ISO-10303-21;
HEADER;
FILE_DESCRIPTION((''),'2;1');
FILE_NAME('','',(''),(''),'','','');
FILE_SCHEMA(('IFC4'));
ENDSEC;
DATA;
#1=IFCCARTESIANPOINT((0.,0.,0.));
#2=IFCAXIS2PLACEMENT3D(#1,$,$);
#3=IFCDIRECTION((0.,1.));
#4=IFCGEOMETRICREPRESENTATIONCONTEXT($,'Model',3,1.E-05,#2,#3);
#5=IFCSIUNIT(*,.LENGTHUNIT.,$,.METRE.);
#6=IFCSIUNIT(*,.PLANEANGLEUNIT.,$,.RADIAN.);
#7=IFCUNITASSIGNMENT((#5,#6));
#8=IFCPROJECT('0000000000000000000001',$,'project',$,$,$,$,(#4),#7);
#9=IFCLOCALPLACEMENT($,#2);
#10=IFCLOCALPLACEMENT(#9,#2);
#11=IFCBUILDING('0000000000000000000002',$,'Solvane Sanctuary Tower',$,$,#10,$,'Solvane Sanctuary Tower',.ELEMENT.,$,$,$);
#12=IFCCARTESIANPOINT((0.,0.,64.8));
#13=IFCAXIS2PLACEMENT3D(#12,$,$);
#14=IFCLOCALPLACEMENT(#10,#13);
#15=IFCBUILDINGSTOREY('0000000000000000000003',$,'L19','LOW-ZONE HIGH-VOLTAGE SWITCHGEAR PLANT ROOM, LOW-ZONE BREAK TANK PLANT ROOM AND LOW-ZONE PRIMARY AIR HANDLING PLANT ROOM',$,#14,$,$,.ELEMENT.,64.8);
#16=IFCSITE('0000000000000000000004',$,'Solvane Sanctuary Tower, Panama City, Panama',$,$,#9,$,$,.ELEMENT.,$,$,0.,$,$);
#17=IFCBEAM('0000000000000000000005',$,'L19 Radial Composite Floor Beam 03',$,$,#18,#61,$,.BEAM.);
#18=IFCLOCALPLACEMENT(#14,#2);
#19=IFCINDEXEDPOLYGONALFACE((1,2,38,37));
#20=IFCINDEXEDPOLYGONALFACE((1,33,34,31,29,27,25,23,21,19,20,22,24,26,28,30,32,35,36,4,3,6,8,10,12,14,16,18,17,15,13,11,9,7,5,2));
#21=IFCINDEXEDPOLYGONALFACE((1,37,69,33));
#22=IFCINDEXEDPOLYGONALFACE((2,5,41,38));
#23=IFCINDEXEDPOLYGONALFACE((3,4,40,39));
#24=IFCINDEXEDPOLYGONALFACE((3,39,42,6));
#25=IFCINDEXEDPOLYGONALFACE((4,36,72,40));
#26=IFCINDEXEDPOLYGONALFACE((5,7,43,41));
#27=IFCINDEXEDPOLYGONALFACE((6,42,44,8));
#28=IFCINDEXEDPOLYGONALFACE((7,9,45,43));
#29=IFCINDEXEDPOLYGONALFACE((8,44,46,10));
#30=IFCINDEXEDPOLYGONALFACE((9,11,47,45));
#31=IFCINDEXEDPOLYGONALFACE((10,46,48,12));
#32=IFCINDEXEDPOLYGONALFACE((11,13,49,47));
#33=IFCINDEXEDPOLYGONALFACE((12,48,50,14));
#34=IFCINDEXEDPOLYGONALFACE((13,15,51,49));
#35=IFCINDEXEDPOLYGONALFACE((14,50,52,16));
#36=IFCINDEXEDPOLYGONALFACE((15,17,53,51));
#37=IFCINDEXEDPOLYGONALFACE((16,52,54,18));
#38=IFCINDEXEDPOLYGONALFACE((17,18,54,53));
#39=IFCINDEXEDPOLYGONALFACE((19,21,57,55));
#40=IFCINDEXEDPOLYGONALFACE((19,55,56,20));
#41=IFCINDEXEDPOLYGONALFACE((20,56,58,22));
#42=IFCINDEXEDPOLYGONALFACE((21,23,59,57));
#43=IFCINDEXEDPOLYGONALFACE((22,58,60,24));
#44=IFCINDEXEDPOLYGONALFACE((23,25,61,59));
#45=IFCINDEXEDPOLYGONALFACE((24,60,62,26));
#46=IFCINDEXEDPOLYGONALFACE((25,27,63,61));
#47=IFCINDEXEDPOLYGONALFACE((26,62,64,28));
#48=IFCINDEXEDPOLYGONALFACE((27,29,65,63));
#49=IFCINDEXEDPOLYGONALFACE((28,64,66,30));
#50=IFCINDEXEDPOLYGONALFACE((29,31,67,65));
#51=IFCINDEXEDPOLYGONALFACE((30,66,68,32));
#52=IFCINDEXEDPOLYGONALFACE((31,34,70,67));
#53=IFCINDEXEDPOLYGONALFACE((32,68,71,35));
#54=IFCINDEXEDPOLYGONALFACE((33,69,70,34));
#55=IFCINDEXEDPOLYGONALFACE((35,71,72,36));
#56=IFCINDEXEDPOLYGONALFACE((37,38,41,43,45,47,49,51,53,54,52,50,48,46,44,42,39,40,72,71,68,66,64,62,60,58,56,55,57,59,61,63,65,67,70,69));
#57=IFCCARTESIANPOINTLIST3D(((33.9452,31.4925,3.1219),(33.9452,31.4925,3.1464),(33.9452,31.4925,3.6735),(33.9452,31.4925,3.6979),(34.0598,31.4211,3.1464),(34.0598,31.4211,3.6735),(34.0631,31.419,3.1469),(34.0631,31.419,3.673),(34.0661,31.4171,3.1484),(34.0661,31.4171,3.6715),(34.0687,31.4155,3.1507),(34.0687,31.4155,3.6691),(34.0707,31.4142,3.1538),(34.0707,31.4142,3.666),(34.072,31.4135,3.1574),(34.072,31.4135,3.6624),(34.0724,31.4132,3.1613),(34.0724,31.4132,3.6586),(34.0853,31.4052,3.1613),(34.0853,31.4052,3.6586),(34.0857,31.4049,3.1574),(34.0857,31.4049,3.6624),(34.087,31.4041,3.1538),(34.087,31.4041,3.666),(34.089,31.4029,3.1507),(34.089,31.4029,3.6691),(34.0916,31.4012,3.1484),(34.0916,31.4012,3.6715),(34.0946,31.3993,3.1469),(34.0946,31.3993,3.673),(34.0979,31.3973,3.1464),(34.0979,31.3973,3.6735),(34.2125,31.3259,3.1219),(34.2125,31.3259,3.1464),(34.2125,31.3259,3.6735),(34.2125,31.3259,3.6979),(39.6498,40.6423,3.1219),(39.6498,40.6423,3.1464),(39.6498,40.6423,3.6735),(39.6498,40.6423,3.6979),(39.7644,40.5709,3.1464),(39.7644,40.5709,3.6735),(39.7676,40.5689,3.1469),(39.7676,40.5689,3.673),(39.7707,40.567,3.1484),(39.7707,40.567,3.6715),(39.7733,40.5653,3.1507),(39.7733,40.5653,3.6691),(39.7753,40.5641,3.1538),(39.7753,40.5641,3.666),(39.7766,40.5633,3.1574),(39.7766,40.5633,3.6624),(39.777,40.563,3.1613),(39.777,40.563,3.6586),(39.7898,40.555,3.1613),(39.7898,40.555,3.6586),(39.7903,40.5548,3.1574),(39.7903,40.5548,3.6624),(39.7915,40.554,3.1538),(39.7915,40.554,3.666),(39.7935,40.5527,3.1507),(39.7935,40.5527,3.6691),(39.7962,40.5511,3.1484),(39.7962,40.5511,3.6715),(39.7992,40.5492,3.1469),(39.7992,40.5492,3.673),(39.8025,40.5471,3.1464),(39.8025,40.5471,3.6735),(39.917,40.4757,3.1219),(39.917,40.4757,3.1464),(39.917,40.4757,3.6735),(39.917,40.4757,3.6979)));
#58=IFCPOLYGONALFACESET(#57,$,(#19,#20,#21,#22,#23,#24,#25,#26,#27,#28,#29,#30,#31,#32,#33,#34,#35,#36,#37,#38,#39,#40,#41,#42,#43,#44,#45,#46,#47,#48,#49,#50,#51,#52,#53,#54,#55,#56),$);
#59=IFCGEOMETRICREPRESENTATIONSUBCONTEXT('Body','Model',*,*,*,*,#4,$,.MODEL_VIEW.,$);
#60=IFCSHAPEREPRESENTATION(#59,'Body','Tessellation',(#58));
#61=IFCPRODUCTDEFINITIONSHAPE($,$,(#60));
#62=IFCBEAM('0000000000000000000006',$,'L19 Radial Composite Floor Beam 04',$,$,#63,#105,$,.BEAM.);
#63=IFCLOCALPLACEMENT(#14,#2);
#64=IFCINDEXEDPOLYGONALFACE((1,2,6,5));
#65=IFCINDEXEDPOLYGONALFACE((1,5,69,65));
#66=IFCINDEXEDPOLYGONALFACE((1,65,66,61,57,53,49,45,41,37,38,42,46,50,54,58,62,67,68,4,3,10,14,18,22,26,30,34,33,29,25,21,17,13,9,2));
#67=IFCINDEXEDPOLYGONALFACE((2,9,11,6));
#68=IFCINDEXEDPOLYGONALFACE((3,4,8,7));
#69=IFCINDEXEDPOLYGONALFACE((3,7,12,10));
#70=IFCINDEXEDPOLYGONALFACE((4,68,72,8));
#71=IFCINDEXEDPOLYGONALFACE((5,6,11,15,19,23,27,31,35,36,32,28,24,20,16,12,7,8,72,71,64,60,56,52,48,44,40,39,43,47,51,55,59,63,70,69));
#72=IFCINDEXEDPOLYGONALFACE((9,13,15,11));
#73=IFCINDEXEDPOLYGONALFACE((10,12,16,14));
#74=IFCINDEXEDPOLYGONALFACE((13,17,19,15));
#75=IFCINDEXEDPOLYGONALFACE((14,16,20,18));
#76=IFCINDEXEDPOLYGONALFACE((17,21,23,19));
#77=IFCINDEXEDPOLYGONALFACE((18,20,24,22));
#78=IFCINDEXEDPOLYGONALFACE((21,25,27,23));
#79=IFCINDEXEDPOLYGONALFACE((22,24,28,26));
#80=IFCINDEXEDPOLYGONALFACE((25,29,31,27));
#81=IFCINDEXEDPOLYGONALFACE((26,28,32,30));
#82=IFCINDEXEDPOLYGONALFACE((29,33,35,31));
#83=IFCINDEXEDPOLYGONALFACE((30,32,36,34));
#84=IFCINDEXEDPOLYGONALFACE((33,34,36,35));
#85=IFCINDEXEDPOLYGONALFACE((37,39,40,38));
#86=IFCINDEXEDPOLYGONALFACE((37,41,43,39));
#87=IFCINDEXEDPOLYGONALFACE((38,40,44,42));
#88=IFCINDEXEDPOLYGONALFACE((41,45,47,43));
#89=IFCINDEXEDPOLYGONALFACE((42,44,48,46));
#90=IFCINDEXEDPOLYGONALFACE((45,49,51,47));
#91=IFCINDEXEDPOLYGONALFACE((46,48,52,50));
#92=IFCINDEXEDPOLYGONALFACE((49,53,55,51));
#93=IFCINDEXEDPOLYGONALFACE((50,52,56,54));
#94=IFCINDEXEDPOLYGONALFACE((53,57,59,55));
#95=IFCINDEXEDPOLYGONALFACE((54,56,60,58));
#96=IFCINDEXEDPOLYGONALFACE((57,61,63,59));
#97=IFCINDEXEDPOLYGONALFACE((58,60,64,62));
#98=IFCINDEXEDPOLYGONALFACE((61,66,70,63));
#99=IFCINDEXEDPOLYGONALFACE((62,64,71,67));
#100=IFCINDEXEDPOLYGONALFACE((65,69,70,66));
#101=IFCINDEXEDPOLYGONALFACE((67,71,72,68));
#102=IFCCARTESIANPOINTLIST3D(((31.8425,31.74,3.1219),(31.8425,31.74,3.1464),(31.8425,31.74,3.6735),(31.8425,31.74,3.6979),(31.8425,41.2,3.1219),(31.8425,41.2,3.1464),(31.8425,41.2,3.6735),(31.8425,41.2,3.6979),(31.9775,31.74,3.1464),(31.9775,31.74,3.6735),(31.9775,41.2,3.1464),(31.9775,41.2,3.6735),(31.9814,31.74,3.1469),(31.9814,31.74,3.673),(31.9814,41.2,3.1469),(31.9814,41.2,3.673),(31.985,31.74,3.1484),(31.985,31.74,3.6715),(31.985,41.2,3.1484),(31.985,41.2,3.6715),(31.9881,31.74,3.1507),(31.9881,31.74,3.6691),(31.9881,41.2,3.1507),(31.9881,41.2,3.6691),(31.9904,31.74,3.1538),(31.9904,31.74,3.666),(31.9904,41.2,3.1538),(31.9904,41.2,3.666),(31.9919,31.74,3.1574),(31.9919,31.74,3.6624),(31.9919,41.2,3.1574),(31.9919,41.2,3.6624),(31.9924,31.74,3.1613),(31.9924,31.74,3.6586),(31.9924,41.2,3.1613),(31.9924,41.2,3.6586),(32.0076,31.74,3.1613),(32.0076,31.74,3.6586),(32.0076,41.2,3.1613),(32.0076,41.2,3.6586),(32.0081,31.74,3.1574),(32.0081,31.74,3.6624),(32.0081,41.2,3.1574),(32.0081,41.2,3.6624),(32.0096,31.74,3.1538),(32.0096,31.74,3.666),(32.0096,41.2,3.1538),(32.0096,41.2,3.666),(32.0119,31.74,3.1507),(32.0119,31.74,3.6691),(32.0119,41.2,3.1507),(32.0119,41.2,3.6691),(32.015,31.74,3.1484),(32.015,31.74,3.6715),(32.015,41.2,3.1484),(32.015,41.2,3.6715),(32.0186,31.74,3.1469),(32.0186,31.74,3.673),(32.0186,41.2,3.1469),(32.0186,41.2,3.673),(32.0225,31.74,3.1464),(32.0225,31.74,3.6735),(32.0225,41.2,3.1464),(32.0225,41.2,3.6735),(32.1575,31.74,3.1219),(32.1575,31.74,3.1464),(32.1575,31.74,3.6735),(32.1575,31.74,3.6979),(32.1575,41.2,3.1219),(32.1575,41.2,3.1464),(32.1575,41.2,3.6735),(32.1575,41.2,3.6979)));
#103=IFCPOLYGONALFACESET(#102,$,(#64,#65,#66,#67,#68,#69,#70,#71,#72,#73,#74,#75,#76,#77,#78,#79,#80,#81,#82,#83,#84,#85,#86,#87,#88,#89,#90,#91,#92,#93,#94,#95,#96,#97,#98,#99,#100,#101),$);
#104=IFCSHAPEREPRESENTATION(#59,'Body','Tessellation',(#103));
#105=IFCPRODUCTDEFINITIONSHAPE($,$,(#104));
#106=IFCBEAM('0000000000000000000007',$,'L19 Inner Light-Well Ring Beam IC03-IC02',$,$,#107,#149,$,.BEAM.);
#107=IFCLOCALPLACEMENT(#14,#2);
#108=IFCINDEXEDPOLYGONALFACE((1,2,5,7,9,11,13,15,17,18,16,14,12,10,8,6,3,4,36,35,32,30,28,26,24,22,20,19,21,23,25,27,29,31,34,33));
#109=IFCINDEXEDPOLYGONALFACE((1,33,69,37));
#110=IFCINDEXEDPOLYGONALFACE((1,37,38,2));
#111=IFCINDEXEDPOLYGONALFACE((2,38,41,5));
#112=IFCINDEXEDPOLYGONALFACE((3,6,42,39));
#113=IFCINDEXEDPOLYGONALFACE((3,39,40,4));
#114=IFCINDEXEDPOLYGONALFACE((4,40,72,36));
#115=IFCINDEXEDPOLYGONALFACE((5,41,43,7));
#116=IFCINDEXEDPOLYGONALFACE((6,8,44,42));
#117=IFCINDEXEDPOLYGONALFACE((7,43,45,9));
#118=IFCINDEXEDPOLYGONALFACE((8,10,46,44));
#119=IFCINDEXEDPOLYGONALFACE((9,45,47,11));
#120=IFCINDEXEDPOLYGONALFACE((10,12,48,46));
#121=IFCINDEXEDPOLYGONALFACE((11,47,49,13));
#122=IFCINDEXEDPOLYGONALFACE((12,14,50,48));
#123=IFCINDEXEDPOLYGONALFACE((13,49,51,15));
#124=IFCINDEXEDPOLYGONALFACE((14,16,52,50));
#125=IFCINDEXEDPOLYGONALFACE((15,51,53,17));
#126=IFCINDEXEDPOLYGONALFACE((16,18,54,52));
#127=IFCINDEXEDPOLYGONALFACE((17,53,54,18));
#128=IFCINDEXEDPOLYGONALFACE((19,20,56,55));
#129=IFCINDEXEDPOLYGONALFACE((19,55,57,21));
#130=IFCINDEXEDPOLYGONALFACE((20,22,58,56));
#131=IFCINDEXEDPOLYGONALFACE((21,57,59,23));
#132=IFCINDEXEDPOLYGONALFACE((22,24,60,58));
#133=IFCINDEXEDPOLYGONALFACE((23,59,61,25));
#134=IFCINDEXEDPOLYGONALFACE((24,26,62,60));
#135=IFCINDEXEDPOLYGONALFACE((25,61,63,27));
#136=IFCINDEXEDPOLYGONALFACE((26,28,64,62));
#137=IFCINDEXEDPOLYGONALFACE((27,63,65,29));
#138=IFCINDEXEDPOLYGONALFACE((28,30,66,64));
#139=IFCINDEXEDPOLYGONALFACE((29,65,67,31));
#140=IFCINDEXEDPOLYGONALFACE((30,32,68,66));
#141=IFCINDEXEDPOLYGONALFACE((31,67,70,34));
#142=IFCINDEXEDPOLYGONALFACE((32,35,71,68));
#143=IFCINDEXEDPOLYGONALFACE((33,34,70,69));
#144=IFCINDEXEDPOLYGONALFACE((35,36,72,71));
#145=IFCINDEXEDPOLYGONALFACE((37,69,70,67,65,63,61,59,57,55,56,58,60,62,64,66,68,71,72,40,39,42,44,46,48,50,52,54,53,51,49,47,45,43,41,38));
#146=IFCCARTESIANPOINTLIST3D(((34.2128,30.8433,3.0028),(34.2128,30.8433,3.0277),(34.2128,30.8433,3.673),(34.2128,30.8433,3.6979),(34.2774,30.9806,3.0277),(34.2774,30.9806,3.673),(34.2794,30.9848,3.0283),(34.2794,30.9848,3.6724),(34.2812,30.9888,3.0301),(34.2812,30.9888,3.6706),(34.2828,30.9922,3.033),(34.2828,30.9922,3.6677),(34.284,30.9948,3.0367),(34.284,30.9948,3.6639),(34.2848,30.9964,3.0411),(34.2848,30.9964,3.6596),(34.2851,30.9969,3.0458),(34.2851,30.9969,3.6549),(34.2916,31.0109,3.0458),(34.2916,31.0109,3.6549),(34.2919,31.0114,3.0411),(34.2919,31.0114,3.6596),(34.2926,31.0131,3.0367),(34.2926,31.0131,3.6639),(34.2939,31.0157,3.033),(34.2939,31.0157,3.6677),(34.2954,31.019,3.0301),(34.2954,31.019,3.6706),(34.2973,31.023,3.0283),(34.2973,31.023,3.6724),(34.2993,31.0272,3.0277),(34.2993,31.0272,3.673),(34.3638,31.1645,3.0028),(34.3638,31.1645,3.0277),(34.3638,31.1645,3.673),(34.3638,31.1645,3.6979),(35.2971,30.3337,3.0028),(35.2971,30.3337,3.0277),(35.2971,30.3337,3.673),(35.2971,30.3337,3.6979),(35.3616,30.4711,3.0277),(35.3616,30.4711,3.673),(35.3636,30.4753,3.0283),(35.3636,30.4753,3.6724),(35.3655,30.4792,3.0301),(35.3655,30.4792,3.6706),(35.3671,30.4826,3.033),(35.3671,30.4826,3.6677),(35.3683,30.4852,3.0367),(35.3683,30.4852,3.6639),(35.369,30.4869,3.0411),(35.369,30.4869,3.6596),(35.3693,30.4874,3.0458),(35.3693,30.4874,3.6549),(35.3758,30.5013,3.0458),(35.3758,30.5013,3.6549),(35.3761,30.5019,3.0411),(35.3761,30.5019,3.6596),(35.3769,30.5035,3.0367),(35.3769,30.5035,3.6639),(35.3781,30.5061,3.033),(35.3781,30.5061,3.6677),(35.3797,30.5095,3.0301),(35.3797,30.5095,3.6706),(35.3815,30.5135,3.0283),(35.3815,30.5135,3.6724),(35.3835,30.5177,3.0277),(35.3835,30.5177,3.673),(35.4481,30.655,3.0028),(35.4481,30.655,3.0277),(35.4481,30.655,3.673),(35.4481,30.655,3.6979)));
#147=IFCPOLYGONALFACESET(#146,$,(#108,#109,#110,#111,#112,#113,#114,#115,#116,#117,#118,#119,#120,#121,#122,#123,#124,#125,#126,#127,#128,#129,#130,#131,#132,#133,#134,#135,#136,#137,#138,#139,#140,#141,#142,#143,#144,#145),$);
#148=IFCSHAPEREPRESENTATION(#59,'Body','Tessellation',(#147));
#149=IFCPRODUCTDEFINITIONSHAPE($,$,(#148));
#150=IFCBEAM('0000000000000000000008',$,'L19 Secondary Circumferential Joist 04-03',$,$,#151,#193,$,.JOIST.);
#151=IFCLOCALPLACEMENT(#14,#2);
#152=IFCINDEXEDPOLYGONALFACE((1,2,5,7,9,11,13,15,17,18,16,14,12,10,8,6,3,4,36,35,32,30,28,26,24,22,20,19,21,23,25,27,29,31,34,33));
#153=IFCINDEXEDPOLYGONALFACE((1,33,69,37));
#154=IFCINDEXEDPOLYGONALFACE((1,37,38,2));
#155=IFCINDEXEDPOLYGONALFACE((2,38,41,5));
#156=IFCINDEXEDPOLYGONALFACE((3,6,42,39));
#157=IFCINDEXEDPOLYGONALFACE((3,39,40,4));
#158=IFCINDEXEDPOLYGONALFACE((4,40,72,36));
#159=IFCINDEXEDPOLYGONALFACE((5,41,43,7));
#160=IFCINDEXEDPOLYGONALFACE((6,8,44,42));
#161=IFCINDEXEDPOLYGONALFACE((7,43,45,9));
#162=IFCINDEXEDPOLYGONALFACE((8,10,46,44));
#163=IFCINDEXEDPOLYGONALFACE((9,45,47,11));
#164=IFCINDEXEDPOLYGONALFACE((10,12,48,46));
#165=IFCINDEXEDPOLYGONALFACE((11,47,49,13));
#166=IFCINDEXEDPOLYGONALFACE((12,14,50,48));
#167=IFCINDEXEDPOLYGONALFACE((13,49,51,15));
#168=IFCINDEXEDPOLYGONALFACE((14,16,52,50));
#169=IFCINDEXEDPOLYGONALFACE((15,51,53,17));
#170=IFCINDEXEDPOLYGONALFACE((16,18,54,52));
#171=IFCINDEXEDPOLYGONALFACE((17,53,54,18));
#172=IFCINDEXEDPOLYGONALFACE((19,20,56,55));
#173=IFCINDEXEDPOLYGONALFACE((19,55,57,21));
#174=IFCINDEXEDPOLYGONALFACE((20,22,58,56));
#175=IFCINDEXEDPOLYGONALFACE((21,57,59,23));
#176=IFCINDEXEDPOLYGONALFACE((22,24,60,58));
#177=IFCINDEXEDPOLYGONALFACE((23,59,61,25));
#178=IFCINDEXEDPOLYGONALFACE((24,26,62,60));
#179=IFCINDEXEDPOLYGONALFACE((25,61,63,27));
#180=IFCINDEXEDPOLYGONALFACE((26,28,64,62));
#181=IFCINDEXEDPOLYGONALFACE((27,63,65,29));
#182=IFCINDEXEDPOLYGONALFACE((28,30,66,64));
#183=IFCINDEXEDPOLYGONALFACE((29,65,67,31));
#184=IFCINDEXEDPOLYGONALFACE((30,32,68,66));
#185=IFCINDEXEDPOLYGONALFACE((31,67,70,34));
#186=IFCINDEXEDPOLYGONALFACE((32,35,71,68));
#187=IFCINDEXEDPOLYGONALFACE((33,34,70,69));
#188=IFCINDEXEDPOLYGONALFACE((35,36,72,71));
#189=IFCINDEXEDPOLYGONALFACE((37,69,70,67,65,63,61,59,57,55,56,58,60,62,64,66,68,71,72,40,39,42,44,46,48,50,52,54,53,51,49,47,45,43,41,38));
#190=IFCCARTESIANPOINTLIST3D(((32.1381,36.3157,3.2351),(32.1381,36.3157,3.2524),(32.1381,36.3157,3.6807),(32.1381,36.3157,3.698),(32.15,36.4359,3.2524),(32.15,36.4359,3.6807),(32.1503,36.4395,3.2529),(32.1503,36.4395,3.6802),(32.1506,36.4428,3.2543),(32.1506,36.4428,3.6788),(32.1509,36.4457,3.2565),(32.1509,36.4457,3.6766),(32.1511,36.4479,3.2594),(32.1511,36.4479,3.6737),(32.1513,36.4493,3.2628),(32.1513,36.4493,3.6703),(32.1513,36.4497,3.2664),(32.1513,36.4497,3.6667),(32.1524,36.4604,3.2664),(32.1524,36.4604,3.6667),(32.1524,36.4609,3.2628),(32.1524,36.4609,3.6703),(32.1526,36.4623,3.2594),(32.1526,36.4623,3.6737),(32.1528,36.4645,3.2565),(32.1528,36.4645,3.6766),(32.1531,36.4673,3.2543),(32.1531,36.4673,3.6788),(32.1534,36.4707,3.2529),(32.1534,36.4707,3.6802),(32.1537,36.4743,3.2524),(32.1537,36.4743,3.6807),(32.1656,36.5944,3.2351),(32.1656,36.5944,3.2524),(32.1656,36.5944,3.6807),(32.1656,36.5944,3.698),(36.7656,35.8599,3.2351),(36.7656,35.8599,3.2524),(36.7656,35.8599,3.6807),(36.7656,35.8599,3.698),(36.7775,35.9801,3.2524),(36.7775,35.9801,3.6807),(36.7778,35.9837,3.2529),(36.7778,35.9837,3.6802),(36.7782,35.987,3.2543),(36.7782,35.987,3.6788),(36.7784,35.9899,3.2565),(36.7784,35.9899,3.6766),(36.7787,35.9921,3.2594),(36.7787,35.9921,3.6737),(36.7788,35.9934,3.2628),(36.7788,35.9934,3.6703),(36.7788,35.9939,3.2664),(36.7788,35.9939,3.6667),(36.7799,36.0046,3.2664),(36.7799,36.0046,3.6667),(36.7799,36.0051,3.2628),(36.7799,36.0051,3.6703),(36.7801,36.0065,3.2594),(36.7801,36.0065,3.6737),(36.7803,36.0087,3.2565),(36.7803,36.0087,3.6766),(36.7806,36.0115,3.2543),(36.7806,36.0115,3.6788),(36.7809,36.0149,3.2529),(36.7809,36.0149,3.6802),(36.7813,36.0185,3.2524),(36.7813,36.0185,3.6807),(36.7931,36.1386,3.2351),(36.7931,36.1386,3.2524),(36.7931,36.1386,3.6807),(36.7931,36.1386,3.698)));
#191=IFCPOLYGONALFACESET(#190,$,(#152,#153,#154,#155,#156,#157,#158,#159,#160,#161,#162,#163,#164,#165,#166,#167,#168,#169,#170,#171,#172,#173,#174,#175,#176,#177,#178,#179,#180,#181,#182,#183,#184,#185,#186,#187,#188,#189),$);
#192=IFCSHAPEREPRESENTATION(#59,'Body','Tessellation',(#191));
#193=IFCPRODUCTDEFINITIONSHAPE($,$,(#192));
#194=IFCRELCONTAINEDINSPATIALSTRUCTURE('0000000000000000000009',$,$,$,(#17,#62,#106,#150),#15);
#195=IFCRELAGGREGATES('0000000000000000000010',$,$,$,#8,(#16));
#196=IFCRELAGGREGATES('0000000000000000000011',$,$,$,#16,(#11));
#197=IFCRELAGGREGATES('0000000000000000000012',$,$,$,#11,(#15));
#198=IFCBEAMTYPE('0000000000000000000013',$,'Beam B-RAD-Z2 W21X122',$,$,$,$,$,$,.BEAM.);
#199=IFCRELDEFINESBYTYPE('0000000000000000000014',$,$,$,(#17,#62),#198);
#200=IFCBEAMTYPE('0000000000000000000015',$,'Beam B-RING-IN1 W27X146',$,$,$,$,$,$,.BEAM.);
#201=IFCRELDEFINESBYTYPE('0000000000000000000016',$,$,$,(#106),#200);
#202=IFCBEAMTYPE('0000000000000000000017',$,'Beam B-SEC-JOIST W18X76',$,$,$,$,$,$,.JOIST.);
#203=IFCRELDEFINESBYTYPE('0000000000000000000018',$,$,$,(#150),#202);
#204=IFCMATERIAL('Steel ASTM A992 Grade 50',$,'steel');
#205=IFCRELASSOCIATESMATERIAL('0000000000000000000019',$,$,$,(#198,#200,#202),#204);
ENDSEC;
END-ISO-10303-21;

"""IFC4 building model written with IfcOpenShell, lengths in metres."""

from ifc_helpers import new_model, si_unit, direction, frame, origin, origin_2d, place, context, subcontext, project, spatial, i_section, extrude, material, material_profile, profile_set, type_object, element, save


model = new_model("IFC4")

# Units and contexts
model_context = context("Model", 3, precision=1e-05, world=origin(), true_north=direction((0.0, 1.0)))
body_context = subcontext(model_context, "Body", "Model", "MODEL_VIEW")
ifc_project = project(units=[si_unit("LENGTHUNIT", "METRE"), si_unit("PLANEANGLEUNIT", "RADIAN")], contexts=[model_context])

# Site, building, storey
site_placement = place(None, origin())
site = spatial("IfcSite", under=ifc_project, at=site_placement, Name="Solvane Sanctuary Tower, Panama City, Panama", CompositionType="ELEMENT", RefElevation=0.0)
building_placement = place(site_placement, origin())
building = spatial("IfcBuilding", under=site, at=building_placement, Name="Solvane Sanctuary Tower", LongName="Solvane Sanctuary Tower", CompositionType="ELEMENT")
storey_placement = place(building_placement, frame((0.0, 0.0, 64.8)))
storey = spatial("IfcBuildingStorey", under=building, at=storey_placement, Name="L19", Description="LOW-ZONE HIGH-VOLTAGE SWITCHGEAR PLANT ROOM, LOW-ZONE BREAK TANK PLANT ROOM AND LOW-ZONE PRIMARY AIR HANDLING PLANT ROOM", CompositionType="ELEMENT", Elevation=64.8)

# Beams
ifc_material_1 = material(Name="Steel ASTM A992 Grade 50", Category="steel")
ifc_material_profile_1 = material_profile(ifc_material_1, i_section(OverallWidth=0.3149, OverallDepth=0.5759, WebThickness=0.0151, FlangeThickness=0.0244, FilletRadius=0.0149, at=origin_2d()), Name="W21X122")
ifc_profile_set_1 = profile_set([ifc_material_profile_1], Name="Steel ASTM A992 Grade 50")
beam_type_1 = type_object("IfcBeamType", Name="Beam B-RAD-Z2 W21X122", PredefinedType="BEAM", material=ifc_profile_set_1)
beam_1_placement = place(storey_placement, frame((34.0789, 31.4092, 3.4099), z_axis=(0.529058, 0.848585, 0.0), x_axis=(-0.848585, 0.529058, 0.0)))
element("IfcBeam", 1, at=beam_1_placement, inside=storey, type_object=beam_type_1, Name="L19 Radial Composite Floor Beam 03", PredefinedType="BEAM", context=body_context, shape_type="SweptSolid", body=[
    extrude(i_section(OverallWidth=0.3149, OverallDepth=0.5759, WebThickness=0.0151, FlangeThickness=0.0244, FilletRadius=0.0149, at=origin_2d()), origin(), (0.0, 0.0, 1.0), 10.7825),
])
beam_2_placement = place(storey_placement, frame((32.0, 31.74, 3.4099), z_axis=(0.0, 1.0, 0.0), x_axis=(-1.0, 0.0, 0.0)))
element("IfcBeam", 2, at=beam_2_placement, inside=storey, type_object=beam_type_1, Name="L19 Radial Composite Floor Beam 04", PredefinedType="BEAM", context=body_context, shape_type="SweptSolid", body=[
    extrude(i_section(OverallWidth=0.3149, OverallDepth=0.5759, WebThickness=0.0151, FlangeThickness=0.0244, FilletRadius=0.0149, at=origin_2d()), origin(), (0.0, 0.0, 1.0), 9.46),
])
ifc_material_profile_2 = material_profile(ifc_material_1, i_section(OverallWidth=0.355, OverallDepth=0.6951, WebThickness=0.0154, FlangeThickness=0.0249, FilletRadius=0.0181, at=origin_2d()), Name="W27X146")
ifc_profile_set_2 = profile_set([ifc_material_profile_2], Name="Steel ASTM A992 Grade 50")
beam_type_2 = type_object("IfcBeamType", Name="Beam B-RING-IN1 W27X146", PredefinedType="BEAM", material=ifc_profile_set_2)
beam_3_placement = place(storey_placement, frame((34.2883, 31.0039, 3.3503), z_axis=(0.905045, -0.425316, 0.0), x_axis=(0.425316, 0.905045, 0.0)))
element("IfcBeam", 3, at=beam_3_placement, inside=storey, type_object=beam_type_2, Name="L19 Inner Light-Well Ring Beam IC03-IC02", PredefinedType="BEAM", context=body_context, shape_type="SweptSolid", body=[
    extrude(i_section(OverallWidth=0.355, OverallDepth=0.6951, WebThickness=0.0154, FlangeThickness=0.0249, FilletRadius=0.0181, at=origin_2d()), origin(), (0.0, 0.0, 1.0), 1.198),
])
ifc_material_profile_3 = material_profile(ifc_material_1, i_section(OverallWidth=0.28, OverallDepth=0.4629, WebThickness=0.0107, FlangeThickness=0.0173, FilletRadius=0.0139, at=origin_2d()), Name="W18X76")
ifc_profile_set_3 = profile_set([ifc_material_profile_3], Name="Steel ASTM A992 Grade 50")
beam_type_3 = type_object("IfcBeamType", Name="Beam B-SEC-JOIST W18X76", PredefinedType="JOIST", material=ifc_profile_set_3)
beam_4_placement = place(storey_placement, frame((32.1519, 36.4551, 3.4666), z_axis=(0.995184, -0.098027, 0.0), x_axis=(0.098027, 0.995184, 0.0)))
element("IfcBeam", 4, at=beam_4_placement, inside=storey, type_object=beam_type_3, Name="L19 Secondary Circumferential Joist 04-03", PredefinedType="JOIST", context=body_context, shape_type="SweptSolid", body=[
    extrude(i_section(OverallWidth=0.28, OverallDepth=0.4629, WebThickness=0.0107, FlangeThickness=0.0173, FilletRadius=0.0139, at=origin_2d()), origin(), (0.0, 0.0, 1.0), 4.6499),
])

save(model, "model.ifc")
